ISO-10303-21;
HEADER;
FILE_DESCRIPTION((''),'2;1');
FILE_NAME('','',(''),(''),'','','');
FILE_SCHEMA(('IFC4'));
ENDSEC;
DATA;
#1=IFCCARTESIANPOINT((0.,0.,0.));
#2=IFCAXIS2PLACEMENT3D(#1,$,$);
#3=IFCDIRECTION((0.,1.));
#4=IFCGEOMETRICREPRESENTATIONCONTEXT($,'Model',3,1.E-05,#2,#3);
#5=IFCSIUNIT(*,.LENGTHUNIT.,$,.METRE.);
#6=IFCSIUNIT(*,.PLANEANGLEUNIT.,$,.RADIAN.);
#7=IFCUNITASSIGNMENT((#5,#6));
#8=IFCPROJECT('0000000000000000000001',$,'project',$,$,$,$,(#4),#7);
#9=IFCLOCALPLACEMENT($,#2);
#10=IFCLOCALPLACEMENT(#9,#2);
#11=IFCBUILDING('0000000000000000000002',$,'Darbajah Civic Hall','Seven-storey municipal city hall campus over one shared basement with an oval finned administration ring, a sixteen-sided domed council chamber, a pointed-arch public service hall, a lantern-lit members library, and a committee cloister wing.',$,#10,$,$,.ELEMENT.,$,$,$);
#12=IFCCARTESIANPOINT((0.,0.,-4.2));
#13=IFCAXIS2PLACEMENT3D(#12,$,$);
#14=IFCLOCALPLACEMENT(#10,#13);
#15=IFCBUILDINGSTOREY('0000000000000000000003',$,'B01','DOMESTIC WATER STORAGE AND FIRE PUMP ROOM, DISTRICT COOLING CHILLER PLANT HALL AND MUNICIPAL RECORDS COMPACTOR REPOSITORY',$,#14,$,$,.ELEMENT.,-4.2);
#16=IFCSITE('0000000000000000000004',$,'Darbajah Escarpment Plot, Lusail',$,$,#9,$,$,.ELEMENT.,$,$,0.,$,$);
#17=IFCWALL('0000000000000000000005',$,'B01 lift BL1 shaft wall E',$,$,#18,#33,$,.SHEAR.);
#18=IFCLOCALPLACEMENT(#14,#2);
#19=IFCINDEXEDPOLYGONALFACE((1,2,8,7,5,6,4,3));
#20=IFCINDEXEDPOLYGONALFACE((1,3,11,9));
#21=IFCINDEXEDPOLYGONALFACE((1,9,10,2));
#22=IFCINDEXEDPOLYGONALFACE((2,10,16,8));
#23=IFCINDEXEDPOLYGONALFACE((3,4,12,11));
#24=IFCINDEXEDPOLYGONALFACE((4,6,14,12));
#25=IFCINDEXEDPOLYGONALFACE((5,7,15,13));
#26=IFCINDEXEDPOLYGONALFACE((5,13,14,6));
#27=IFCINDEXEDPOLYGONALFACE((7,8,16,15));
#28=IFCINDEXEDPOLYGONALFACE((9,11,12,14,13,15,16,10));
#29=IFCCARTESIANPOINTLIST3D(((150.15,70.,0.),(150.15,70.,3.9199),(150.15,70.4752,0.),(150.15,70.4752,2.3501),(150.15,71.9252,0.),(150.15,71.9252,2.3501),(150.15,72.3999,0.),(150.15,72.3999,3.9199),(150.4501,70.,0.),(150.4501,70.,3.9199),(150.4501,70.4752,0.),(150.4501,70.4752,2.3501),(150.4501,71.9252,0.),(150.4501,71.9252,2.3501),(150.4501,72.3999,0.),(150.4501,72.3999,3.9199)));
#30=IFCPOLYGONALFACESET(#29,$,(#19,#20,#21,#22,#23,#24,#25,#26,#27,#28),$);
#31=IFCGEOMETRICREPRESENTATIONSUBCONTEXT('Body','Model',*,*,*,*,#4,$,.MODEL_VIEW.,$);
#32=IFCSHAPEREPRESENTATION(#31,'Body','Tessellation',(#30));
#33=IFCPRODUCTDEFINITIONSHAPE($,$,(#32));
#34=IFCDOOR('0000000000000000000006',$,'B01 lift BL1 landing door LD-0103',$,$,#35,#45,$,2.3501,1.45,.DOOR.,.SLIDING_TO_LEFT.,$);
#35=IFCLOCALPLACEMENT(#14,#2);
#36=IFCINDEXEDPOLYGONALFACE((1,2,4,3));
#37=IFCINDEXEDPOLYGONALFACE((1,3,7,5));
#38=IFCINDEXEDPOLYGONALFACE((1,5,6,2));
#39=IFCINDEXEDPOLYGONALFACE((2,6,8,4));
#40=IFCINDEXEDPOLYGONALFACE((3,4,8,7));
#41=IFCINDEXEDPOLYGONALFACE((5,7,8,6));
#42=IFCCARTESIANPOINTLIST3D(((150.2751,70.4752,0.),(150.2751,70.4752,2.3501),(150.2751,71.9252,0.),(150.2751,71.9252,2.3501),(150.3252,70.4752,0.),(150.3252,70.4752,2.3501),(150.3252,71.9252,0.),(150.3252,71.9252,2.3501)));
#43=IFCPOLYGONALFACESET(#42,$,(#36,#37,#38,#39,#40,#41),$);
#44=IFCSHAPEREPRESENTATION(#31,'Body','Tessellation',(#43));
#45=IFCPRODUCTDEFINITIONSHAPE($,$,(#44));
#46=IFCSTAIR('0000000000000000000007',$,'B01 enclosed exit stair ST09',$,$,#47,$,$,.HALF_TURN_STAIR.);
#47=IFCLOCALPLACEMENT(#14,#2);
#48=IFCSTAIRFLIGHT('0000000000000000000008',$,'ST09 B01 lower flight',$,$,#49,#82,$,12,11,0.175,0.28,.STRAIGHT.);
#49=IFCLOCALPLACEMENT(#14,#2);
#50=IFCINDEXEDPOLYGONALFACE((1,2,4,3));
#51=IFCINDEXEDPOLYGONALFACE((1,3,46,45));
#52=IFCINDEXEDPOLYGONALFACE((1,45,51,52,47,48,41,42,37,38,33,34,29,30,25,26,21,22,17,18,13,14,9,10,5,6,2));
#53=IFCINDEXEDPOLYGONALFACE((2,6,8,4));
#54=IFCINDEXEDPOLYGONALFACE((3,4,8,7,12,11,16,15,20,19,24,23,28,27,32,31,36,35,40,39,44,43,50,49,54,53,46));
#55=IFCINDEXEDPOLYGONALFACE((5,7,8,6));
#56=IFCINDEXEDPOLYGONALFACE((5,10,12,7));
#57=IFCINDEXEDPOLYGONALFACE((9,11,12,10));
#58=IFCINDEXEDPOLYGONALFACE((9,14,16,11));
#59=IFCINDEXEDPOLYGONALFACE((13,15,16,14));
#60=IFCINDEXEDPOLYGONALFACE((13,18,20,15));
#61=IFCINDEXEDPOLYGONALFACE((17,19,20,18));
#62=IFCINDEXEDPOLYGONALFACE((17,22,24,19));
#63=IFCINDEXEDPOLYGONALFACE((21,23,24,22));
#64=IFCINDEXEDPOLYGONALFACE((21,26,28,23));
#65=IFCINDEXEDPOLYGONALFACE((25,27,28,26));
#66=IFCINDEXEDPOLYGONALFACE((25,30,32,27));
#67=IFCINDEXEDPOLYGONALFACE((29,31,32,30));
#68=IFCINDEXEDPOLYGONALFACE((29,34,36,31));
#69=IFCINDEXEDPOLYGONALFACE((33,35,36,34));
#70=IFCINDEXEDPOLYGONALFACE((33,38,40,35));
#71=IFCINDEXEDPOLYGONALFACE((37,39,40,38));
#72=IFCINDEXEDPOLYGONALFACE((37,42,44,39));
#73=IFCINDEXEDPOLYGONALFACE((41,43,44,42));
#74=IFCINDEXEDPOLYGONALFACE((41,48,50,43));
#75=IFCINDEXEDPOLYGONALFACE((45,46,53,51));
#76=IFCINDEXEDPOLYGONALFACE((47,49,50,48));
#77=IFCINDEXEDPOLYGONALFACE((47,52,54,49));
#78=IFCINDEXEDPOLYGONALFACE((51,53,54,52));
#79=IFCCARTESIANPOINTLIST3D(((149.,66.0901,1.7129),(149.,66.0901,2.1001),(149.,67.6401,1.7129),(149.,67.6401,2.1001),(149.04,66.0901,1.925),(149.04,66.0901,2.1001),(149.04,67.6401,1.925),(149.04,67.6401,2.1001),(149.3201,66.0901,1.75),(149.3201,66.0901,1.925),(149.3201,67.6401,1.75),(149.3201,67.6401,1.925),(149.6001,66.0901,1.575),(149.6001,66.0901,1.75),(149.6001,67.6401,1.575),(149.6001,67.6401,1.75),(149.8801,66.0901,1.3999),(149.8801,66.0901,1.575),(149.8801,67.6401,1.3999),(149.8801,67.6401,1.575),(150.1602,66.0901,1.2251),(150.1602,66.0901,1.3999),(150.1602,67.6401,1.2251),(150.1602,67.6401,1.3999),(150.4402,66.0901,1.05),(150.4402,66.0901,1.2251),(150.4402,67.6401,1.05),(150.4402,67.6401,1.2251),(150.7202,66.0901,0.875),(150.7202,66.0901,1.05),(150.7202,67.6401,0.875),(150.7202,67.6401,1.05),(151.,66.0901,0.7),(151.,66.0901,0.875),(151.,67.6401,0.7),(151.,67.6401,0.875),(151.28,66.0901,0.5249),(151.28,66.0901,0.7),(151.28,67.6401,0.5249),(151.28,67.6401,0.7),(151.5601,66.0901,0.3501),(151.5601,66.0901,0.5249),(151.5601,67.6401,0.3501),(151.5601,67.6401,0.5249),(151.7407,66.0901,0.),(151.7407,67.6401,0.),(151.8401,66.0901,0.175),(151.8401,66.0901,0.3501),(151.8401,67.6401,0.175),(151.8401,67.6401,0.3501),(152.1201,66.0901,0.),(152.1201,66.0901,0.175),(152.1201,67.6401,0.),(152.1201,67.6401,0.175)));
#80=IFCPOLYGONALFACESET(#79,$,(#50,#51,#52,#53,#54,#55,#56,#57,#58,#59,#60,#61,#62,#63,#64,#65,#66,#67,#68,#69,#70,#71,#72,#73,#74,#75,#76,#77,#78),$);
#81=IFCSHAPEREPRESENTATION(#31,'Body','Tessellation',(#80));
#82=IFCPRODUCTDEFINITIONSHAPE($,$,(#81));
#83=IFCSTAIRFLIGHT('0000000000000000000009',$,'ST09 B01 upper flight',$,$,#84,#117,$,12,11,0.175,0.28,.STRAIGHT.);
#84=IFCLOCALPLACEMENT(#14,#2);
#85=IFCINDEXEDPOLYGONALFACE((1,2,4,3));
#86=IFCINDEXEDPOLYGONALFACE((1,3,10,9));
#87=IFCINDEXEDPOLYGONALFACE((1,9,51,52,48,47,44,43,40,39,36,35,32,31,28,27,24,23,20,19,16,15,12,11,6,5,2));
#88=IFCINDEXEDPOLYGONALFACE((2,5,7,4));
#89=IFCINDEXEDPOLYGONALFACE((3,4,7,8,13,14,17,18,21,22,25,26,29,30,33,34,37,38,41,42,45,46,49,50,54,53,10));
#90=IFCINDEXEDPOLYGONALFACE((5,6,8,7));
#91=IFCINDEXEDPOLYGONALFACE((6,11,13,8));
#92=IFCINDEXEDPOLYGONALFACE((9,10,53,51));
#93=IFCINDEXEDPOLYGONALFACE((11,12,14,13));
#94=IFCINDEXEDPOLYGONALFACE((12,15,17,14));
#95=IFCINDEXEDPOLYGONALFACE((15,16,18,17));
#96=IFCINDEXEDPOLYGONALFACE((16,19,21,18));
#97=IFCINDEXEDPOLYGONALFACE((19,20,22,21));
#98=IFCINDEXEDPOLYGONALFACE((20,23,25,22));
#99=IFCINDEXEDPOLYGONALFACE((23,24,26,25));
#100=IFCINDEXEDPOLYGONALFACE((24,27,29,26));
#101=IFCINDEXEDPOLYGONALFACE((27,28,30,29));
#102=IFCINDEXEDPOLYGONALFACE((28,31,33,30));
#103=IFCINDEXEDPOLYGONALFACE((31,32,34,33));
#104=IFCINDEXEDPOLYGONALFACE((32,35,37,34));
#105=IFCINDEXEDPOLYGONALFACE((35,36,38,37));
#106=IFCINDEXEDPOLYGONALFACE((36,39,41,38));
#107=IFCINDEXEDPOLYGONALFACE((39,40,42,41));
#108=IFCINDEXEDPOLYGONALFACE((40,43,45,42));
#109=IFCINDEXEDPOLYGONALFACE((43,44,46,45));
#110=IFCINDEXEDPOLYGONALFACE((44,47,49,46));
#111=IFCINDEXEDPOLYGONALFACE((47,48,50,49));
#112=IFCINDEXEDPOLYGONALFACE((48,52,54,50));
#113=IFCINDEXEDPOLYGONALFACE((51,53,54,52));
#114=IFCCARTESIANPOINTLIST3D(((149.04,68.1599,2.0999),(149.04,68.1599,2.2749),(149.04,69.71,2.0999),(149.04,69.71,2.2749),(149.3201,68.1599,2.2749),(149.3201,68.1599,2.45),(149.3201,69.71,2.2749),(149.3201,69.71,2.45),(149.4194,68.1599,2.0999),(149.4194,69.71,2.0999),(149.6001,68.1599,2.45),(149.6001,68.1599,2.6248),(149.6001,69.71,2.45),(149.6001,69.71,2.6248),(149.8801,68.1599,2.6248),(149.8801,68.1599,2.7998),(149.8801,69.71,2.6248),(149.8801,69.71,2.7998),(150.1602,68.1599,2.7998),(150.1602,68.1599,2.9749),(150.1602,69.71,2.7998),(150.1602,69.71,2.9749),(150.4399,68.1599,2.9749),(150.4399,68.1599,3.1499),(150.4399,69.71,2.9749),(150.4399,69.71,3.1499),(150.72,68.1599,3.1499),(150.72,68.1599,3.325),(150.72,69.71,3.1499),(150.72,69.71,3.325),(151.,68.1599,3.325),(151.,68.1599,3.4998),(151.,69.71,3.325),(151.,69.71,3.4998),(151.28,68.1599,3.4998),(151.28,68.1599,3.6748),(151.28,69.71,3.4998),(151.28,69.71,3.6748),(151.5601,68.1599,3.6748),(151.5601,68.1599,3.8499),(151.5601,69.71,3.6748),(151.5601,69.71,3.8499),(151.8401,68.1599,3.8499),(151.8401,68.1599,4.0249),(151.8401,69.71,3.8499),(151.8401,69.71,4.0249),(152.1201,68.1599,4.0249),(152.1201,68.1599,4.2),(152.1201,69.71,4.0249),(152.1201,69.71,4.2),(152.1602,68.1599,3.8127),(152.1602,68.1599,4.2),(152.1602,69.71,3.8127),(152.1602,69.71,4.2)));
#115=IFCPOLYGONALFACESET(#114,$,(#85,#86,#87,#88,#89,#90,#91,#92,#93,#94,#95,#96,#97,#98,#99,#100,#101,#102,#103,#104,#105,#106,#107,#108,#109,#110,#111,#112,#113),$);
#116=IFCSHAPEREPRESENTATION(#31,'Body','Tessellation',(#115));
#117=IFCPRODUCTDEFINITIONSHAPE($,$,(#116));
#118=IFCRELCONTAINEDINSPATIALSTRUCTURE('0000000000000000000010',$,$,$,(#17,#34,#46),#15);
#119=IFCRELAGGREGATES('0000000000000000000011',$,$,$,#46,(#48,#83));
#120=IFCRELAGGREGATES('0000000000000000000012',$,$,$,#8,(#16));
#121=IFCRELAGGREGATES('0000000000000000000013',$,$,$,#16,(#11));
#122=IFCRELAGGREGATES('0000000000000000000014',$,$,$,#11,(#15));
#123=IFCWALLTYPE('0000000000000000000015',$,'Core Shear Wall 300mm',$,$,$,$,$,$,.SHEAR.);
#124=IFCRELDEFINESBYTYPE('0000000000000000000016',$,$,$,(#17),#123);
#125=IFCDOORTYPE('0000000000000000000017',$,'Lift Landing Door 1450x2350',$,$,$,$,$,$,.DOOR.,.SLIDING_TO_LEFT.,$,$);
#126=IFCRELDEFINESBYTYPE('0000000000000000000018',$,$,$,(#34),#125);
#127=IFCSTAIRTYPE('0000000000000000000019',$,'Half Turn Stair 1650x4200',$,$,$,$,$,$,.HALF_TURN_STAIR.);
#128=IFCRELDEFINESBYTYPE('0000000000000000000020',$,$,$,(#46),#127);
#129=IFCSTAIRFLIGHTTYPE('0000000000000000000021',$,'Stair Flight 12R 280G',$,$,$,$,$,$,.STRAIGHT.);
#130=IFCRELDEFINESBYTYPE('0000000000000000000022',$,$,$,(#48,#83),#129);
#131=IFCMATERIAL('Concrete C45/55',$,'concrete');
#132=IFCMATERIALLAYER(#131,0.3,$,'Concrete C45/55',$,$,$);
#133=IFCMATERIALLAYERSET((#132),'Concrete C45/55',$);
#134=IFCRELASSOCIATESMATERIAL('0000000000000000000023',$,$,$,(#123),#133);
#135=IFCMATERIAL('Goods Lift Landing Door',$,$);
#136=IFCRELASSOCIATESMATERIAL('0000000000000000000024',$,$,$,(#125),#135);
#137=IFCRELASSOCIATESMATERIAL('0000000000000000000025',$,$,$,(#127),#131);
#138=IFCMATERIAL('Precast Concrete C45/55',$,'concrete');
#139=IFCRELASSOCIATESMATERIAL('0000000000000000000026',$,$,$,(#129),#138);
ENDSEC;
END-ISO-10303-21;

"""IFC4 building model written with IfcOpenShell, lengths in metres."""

from ifc_helpers import new_model, si_unit, direction, frame, frame_2d, origin, place, context, subcontext, project, spatial, polyline, rectangle, outline, extrude, material, layer, layer_set, type_object, element, fill, aggregate, save


model = new_model("IFC4")

# Units and contexts
model_context = context("Model", 3, precision=1e-05, world=origin(), true_north=direction((0.0, 1.0)))
body_context = subcontext(model_context, "Body", "Model", "MODEL_VIEW")
ifc_project = project(units=[si_unit("LENGTHUNIT", "METRE"), si_unit("PLANEANGLEUNIT", "RADIAN")], contexts=[model_context])

# Site, building, storey
site_placement = place(None, origin())
site = spatial("IfcSite", under=ifc_project, at=site_placement, Name="Darbajah Escarpment Plot, Lusail", CompositionType="ELEMENT", RefElevation=0.0)
building_placement = place(site_placement, origin())
building = spatial("IfcBuilding", under=site, at=building_placement, Name="Darbajah Civic Hall", Description="Seven-storey municipal city hall campus over one shared basement with an oval finned administration ring, a sixteen-sided domed council chamber, a pointed-arch public service hall, a lantern-lit members library, and a committee cloister wing.", CompositionType="ELEMENT")
storey_placement = place(building_placement, frame((0.0, 0.0, -4.2)))
storey = spatial("IfcBuildingStorey", under=building, at=storey_placement, Name="B01", Description="DOMESTIC WATER STORAGE AND FIRE PUMP ROOM, DISTRICT COOLING CHILLER PLANT HALL AND MUNICIPAL RECORDS COMPACTOR REPOSITORY", CompositionType="ELEMENT", Elevation=-4.2)

# Shared definitions
ifc_material_1 = material(Name="Concrete C45/55", Category="concrete")

# Shared definitions
ifc_layer = layer(ifc_material_1, 0.3, Name="Concrete C45/55")
ifc_layer_set = layer_set([ifc_layer], Name="Concrete C45/55")
wall_type = type_object("IfcWallType", Name="Core Shear Wall 300mm", PredefinedType="SHEAR", material=ifc_layer_set)

# Wall, opening, door
wall_1_placement = place(storey_placement, frame((150.3, 70.0, 0.0), z_axis=(0.0, 0.0, 1.0), x_axis=(0.0, 1.0, 0.0)))
wall_1 = element("IfcWall", 1, at=wall_1_placement, inside=storey, type_object=wall_type, Name="B01 lift BL1 shaft wall E", PredefinedType="SHEAR", context=body_context, shape_type="SweptSolid", body=[
    extrude(rectangle(XDim=2.3999, YDim=0.3, at=frame_2d((1.2, 0.0))), origin(), (0.0, 0.0, 1.0), 3.9199),
])
opening_1_placement = place(wall_1_placement, frame((0.4751, 0.0, 0.0)))
opening_1 = element("IfcOpeningElement", 2, at=opening_1_placement, cuts=wall_1, PredefinedType="OPENING", context=body_context, shape_type="SweptSolid", body=[
    extrude(rectangle(XDim=1.45, YDim=2.3501, at=frame_2d((0.7251, 1.175))), frame((0.0, 0.1599, 0.0), z_axis=(0.0, -1.0, 0.0), x_axis=(1.0, 0.0, 0.0)), (0.0, 0.0, 1.0), 0.3201),
])
ifc_material_2 = material(Name="Goods Lift Landing Door")
door_type_1 = type_object("IfcDoorType", Name="Lift Landing Door 1450x2350", OperationType="SLIDING_TO_LEFT", PredefinedType="DOOR", material=ifc_material_2)
door_1_placement = place(opening_1_placement, origin())
door_1 = element("IfcDoor", 3, at=door_1_placement, inside=storey, type_object=door_type_1, Name="B01 lift BL1 landing door LD-0103", OperationType="SLIDING_TO_LEFT", OverallHeight=2.3501, OverallWidth=1.45, PredefinedType="DOOR", context=body_context, shape_type="SweptSolid", body=[
    extrude(rectangle(XDim=1.45, YDim=2.3501, at=frame_2d((0.7251, 1.175))), frame((0.0, 0.0249, 0.0), z_axis=(0.0, -1.0, 0.0), x_axis=(1.0, 0.0, 0.0)), (0.0, 0.0, 1.0), 0.05),
])
fill(opening_1, door_1)

# Stair, stair flights
stair_type = type_object("IfcStairType", Name="Half Turn Stair 1650x4200", PredefinedType="HALF_TURN_STAIR", material=ifc_material_1)
stair_placement = place(storey_placement, origin())
stair = element("IfcStair", 4, at=stair_placement, inside=storey, type_object=stair_type, Name="B01 enclosed exit stair ST09", PredefinedType="HALF_TURN_STAIR")
ifc_material_3 = material(Name="Precast Concrete C45/55", Category="concrete")
stair_flight_type = type_object("IfcStairFlightType", Name="Stair Flight 12R 280G", PredefinedType="STRAIGHT", material=ifc_material_3)
stair_flight_1_placement = place(storey_placement, frame((152.1201, 66.865, 0.0), z_axis=(0.0, 0.0, 1.0), x_axis=(-1.0, 0.0, 0.0)))
stair_flight_1 = element("IfcStairFlight", 5, at=stair_flight_1_placement, type_object=stair_flight_type, Name="ST09 B01 lower flight", NumberOfRisers=12, NumberOfTreads=11, PredefinedType="STRAIGHT", RiserHeight=0.175, TreadLength=0.28, context=body_context, shape_type="SweptSolid", body=[
    extrude(outline(polyline([(0.0, 0.0), (0.0, 0.175), (0.28, 0.175), (0.28, 0.3501), (0.5601, 0.3501), (0.5601, 0.5249), (0.8401, 0.5249), (0.8401, 0.7), (1.1201, 0.7), (1.1201, 0.875), (1.3999, 0.875), (1.3999, 1.05), (1.6799, 1.05), (1.6799, 1.2251), (1.96, 1.2251), (1.96, 1.3999), (2.24, 1.3999), (2.24, 1.575), (2.52, 1.575), (2.52, 1.75), (2.8, 1.75), (2.8, 1.925), (3.0801, 1.925), (3.0801, 2.1001), (3.1201, 2.1001), (3.1201, 1.7129), (0.3794, 0.0), (0.0, 0.0)])), frame((0.0, 0.7749, 0.0), z_axis=(0.0, -1.0, 0.0), x_axis=(1.0, 0.0, 0.0)), (0.0, 0.0, 1.0), 1.55),
])
stair_flight_2_placement = place(storey_placement, frame((149.04, 68.9351, 2.0999), z_axis=(0.0, 0.0, 1.0), x_axis=(1.0, 0.0, 0.0)))
stair_flight_2 = element("IfcStairFlight", 6, at=stair_flight_2_placement, type_object=stair_flight_type, Name="ST09 B01 upper flight", NumberOfRisers=12, NumberOfTreads=11, PredefinedType="STRAIGHT", RiserHeight=0.175, TreadLength=0.28, context=body_context, shape_type="SweptSolid", body=[
    extrude(outline(polyline([(0.0, 0.0), (0.0, 0.175), (0.28, 0.175), (0.28, 0.3501), (0.5601, 0.3501), (0.5601, 0.5249), (0.8401, 0.5249), (0.8401, 0.7), (1.1201, 0.7), (1.1201, 0.875), (1.3999, 0.875), (1.3999, 1.05), (1.6799, 1.05), (1.6799, 1.2251), (1.96, 1.2251), (1.96, 1.3999), (2.24, 1.3999), (2.24, 1.575), (2.52, 1.575), (2.52, 1.75), (2.8, 1.75), (2.8, 1.925), (3.0801, 1.925), (3.0801, 2.1001), (3.1201, 2.1001), (3.1201, 1.7129), (0.3794, 0.0), (0.0, 0.0)])), frame((0.0, 0.7749, 0.0), z_axis=(0.0, -1.0, 0.0), x_axis=(1.0, 0.0, 0.0)), (0.0, 0.0, 1.0), 1.55),
])
aggregate(stair, [stair_flight_1, stair_flight_2])

save(model, "model.ifc")
